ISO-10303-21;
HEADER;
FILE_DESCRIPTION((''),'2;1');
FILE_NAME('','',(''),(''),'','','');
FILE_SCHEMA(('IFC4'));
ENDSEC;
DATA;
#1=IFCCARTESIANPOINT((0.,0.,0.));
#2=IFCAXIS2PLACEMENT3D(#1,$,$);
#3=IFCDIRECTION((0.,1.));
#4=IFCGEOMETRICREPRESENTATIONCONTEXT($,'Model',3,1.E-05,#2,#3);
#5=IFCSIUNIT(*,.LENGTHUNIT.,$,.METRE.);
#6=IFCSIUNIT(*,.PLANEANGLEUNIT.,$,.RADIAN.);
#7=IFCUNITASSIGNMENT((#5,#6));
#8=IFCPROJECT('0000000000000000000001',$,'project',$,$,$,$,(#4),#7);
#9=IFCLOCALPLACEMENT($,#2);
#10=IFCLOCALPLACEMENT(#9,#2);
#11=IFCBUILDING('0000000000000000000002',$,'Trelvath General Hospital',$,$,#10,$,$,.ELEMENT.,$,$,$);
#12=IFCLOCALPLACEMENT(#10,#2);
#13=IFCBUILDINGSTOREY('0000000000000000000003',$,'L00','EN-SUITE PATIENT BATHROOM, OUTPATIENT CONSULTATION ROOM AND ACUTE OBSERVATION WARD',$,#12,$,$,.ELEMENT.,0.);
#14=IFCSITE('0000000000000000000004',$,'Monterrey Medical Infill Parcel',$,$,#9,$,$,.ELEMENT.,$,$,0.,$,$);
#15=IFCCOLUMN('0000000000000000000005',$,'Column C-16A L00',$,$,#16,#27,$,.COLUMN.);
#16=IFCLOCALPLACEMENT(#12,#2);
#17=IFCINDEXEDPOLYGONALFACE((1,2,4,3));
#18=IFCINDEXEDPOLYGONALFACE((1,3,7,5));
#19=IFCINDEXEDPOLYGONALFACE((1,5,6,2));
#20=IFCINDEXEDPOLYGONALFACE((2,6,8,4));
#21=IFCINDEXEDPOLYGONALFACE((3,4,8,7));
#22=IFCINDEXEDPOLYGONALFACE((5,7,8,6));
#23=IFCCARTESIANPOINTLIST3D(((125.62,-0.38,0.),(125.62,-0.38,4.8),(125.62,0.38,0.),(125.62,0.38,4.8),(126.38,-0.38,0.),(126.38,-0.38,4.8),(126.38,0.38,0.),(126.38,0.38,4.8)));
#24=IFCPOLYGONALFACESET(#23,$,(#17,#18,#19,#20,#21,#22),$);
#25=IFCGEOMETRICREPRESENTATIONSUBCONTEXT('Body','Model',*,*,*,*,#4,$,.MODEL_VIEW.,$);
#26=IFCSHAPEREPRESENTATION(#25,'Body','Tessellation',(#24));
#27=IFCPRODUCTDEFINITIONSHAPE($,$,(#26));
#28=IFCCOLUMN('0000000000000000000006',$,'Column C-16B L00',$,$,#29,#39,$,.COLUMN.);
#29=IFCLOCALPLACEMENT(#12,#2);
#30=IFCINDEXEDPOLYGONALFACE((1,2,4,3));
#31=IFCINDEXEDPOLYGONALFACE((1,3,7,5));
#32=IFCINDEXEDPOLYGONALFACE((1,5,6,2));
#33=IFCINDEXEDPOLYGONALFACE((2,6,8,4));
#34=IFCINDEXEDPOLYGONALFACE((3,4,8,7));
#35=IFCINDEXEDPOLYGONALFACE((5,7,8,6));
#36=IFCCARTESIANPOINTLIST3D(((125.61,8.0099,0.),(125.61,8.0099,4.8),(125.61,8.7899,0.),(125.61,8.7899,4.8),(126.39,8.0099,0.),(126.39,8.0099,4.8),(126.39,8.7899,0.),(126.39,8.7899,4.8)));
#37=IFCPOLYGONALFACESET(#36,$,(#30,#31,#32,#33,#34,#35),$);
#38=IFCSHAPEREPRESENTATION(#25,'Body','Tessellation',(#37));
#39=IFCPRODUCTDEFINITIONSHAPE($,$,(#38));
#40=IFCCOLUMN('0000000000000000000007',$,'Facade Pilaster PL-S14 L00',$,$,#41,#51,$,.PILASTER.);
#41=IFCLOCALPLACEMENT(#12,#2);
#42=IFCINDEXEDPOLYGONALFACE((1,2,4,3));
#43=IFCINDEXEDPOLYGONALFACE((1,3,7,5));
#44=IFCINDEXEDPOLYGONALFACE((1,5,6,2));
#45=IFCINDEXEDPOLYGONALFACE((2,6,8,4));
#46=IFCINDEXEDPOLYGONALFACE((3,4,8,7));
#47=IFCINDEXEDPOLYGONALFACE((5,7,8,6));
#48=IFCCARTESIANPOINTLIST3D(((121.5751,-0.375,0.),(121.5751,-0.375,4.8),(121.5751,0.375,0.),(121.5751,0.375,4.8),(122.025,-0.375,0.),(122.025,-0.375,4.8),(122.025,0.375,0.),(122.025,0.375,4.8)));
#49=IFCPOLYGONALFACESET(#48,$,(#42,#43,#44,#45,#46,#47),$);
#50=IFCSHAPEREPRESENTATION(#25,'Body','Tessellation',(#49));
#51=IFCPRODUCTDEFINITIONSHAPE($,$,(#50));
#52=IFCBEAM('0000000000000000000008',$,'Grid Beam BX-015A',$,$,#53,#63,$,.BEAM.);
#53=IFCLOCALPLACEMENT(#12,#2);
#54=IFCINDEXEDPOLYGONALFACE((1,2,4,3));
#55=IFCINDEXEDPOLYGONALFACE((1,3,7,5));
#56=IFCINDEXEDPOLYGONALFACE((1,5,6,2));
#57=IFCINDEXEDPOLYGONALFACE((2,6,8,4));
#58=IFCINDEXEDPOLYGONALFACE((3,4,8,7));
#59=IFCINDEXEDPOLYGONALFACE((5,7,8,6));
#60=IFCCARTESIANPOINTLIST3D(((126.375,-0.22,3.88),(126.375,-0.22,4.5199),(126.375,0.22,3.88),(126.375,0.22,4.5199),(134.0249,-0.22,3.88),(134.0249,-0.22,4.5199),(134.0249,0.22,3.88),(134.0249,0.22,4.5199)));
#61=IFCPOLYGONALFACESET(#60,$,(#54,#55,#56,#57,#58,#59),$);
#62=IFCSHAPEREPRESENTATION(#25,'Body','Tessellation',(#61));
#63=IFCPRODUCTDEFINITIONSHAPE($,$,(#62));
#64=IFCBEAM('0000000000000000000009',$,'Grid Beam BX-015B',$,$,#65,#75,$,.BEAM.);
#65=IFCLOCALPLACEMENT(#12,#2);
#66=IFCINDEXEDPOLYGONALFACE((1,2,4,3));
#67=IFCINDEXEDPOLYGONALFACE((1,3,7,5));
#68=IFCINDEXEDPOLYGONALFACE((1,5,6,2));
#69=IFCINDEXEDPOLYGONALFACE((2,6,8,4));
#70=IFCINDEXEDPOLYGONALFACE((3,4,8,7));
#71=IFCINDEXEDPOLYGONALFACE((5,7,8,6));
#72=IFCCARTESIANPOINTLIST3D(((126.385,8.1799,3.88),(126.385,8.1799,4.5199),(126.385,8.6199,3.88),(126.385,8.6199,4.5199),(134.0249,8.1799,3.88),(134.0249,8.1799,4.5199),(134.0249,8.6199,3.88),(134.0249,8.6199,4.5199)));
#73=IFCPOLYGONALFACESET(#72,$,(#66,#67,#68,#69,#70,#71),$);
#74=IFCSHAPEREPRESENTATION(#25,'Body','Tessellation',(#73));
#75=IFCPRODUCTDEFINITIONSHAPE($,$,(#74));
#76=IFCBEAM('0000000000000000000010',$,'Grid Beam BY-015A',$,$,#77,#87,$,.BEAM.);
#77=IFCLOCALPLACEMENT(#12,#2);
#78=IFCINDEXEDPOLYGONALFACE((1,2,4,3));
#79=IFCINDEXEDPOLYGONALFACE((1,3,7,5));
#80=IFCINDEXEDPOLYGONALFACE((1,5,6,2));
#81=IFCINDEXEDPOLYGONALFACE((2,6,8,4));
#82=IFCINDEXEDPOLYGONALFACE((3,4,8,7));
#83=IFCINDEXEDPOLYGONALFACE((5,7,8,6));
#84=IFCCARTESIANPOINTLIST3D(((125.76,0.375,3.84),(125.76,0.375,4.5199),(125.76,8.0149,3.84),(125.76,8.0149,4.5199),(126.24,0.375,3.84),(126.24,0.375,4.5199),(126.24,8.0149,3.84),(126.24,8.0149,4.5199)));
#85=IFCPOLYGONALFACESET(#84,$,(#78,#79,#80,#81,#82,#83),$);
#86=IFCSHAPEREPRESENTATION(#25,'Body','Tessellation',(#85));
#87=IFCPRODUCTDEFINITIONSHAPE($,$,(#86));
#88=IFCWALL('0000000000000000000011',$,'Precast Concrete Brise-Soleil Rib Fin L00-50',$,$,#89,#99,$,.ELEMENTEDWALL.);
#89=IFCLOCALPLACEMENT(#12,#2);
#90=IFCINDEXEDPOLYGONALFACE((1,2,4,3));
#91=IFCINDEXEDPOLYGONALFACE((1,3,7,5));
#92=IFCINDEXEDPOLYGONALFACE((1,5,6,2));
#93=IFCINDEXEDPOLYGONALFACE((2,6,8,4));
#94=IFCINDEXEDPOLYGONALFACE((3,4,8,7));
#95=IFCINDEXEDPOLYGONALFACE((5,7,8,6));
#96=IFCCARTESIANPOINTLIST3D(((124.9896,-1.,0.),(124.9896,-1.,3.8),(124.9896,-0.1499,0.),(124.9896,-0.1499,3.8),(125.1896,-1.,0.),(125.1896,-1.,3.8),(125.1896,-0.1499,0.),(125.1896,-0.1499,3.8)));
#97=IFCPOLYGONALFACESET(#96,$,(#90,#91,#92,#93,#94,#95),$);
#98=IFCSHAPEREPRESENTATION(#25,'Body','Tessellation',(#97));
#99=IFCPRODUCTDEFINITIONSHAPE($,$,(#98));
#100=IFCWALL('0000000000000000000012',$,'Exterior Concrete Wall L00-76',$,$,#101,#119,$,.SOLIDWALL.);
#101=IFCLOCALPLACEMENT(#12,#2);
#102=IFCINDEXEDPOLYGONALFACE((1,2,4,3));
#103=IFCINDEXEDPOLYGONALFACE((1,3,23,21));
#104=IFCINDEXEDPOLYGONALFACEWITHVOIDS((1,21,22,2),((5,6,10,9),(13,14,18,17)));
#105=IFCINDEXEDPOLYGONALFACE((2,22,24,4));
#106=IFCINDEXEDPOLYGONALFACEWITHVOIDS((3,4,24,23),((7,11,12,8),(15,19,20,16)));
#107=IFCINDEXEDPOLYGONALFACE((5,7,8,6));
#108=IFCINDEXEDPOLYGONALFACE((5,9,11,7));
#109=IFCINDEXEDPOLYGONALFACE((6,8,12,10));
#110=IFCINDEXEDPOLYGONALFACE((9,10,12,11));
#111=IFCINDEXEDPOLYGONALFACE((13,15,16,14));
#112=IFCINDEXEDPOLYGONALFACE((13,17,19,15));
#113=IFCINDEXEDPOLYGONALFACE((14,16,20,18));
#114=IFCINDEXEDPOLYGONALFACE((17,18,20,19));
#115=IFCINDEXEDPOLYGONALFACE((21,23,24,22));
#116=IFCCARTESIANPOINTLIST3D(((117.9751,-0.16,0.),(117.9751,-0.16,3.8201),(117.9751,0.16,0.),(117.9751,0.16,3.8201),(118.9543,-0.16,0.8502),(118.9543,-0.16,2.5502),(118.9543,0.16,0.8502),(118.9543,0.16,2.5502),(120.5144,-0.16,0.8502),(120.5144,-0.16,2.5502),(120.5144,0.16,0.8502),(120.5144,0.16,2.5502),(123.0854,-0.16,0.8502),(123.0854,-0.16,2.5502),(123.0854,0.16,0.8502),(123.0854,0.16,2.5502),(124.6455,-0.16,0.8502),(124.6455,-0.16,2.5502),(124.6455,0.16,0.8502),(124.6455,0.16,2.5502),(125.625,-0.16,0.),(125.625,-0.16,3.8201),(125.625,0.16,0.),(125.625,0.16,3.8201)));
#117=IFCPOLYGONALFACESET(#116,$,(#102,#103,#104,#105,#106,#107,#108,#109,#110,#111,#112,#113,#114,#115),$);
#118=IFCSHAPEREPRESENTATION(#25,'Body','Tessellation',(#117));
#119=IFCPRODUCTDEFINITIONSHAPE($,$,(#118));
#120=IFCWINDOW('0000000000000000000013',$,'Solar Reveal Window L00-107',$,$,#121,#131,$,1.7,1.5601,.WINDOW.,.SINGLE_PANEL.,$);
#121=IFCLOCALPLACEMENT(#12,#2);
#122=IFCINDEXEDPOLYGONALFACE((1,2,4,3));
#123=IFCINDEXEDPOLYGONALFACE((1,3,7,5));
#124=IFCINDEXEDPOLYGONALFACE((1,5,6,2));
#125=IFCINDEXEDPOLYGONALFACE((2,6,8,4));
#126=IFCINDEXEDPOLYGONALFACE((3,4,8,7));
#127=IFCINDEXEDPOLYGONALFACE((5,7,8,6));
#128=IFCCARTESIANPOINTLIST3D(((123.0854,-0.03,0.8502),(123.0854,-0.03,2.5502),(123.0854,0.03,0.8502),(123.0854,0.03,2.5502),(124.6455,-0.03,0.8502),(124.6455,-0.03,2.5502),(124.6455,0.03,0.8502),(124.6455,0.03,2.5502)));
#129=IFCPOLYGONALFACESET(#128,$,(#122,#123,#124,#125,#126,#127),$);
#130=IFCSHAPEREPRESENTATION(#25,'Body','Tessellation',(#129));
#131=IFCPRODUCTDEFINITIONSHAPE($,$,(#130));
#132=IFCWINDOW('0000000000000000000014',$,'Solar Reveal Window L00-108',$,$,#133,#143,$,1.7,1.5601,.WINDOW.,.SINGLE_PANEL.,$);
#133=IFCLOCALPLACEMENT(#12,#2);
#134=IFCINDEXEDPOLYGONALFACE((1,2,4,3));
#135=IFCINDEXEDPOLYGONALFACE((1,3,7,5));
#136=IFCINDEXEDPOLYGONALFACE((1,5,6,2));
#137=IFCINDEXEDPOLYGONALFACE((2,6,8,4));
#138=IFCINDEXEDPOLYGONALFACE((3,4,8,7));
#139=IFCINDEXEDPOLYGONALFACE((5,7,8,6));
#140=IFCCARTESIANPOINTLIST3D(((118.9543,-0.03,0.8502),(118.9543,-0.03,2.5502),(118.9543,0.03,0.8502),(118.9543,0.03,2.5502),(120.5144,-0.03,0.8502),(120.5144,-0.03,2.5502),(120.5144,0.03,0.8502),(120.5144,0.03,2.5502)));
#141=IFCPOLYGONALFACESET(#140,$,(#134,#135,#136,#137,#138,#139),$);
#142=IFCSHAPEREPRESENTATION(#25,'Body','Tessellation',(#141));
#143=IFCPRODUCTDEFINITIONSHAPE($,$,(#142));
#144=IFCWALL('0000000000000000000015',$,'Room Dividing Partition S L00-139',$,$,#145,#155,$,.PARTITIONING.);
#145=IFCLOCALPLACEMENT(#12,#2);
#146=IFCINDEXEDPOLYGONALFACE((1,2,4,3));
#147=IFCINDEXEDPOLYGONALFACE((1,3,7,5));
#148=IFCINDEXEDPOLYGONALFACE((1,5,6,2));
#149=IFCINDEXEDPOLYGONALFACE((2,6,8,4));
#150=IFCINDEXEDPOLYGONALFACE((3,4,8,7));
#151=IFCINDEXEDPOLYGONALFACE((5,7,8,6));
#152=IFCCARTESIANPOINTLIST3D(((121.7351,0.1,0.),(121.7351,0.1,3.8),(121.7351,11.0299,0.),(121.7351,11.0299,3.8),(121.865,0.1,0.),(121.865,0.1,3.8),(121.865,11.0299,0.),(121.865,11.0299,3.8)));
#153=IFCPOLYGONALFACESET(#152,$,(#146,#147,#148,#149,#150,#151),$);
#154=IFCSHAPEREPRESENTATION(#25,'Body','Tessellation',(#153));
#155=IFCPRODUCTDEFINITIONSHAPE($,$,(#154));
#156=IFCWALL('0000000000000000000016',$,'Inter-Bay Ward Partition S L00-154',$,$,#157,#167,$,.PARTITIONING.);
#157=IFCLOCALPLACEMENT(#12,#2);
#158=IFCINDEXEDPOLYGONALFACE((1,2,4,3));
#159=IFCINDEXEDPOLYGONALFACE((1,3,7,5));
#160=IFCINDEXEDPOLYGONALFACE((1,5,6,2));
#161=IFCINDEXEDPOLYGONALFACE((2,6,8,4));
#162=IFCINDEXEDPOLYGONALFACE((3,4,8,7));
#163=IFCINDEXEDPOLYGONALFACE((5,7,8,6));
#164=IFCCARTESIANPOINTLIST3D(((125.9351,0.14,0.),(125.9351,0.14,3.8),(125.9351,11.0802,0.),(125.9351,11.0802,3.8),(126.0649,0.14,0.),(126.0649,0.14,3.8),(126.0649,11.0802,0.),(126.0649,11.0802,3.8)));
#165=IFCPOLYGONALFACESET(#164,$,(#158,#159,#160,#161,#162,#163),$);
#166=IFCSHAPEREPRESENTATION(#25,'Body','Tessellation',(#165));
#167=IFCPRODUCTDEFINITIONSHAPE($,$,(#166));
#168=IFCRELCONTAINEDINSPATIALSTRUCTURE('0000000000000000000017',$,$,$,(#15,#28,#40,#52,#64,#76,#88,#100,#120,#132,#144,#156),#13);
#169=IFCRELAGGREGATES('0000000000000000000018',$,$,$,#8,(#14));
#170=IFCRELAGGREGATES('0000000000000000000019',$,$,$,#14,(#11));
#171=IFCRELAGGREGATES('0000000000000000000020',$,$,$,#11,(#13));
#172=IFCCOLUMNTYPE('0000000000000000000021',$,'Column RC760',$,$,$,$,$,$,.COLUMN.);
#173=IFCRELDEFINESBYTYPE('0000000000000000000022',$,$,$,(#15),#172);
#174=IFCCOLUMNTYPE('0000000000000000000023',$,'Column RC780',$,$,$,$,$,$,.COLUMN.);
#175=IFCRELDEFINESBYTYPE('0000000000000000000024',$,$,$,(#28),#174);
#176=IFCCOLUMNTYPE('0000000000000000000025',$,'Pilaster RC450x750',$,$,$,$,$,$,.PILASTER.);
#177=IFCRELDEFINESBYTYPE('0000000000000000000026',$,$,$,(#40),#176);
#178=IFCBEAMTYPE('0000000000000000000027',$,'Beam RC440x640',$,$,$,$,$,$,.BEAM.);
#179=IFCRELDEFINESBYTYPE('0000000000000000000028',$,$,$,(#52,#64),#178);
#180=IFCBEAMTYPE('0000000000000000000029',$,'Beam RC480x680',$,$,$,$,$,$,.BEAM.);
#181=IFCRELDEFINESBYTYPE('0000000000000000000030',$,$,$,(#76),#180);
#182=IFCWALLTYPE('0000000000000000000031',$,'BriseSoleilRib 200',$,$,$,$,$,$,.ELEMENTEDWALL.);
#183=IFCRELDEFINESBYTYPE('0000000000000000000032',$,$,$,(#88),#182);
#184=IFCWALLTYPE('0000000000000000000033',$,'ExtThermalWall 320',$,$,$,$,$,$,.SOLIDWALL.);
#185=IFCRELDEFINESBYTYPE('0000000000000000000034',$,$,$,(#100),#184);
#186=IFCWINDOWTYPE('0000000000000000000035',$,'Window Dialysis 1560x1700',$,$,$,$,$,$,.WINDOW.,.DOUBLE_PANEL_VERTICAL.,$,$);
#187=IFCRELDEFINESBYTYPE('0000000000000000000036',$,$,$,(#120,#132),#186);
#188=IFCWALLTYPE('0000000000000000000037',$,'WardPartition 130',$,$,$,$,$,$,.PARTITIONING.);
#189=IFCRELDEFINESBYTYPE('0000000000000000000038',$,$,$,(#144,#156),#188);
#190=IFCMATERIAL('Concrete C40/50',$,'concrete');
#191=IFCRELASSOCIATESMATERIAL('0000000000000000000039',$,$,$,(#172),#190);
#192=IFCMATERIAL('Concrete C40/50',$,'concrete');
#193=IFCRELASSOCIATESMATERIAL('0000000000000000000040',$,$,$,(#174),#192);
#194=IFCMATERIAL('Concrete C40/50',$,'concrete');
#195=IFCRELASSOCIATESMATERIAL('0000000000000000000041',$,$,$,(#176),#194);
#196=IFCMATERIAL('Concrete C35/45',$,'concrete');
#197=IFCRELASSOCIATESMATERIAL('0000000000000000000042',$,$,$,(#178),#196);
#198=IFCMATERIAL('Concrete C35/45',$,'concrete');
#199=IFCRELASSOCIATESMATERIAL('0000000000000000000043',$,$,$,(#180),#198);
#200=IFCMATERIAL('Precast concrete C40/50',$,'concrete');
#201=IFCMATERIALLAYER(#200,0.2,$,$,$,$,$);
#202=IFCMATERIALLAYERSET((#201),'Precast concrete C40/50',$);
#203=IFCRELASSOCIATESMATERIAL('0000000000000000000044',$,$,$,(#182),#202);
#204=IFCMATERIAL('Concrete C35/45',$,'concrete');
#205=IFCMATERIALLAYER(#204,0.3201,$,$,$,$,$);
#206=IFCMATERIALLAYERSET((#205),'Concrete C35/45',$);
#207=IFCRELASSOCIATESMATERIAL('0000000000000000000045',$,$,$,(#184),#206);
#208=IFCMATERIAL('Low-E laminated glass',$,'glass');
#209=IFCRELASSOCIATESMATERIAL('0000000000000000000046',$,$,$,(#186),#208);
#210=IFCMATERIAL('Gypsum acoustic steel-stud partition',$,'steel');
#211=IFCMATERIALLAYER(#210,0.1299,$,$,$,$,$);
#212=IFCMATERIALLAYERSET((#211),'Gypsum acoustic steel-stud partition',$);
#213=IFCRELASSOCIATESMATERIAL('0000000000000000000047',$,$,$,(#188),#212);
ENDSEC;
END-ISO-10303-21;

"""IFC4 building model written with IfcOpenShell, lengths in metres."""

from ifc_helpers import new_model, si_unit, direction, frame, frame_2d, origin, origin_2d, place, context, subcontext, project, spatial, rectangle, extrude, material, layer, layer_set, material_profile, profile_set, type_object, element, fill, save


model = new_model("IFC4")

# Units and contexts
model_context = context("Model", 3, precision=1e-05, world=origin(), true_north=direction((0.0, 1.0)))
body_context = subcontext(model_context, "Body", "Model", "MODEL_VIEW")
ifc_project = project(units=[si_unit("LENGTHUNIT", "METRE"), si_unit("PLANEANGLEUNIT", "RADIAN")], contexts=[model_context])

# Site, building, storey
site_placement = place(None, origin())
site = spatial("IfcSite", under=ifc_project, at=site_placement, Name="Monterrey Medical Infill Parcel", CompositionType="ELEMENT", RefElevation=0.0)
building_placement = place(site_placement, origin())
building = spatial("IfcBuilding", under=site, at=building_placement, Name="Trelvath General Hospital", CompositionType="ELEMENT")
storey_placement = place(building_placement, origin())
storey = spatial("IfcBuildingStorey", under=building, at=storey_placement, Name="L00", Description="EN-SUITE PATIENT BATHROOM, OUTPATIENT CONSULTATION ROOM AND ACUTE OBSERVATION WARD", CompositionType="ELEMENT", Elevation=0.0)

# Columns
ifc_material_1 = material(Name="Concrete C40/50", Category="concrete")
ifc_material_profile_1 = material_profile(ifc_material_1, rectangle(XDim=0.76, YDim=0.76, at=origin_2d()), Name="RC760x760")
ifc_profile_set_1 = profile_set([ifc_material_profile_1], Name="Concrete C40/50")
column_type_1 = type_object("IfcColumnType", Name="Column RC760", PredefinedType="COLUMN", material=ifc_profile_set_1)
column_1_placement = place(storey_placement, frame((126.0, 0.0, 0.0), z_axis=(0.0, 0.0, 1.0), x_axis=(1.0, 0.0, 0.0)))
element("IfcColumn", 1, at=column_1_placement, inside=storey, type_object=column_type_1, Name="Column C-16A L00", PredefinedType="COLUMN", context=body_context, shape_type="SweptSolid", body=[
    extrude(rectangle(XDim=0.76, YDim=0.76, at=origin_2d()), origin(), (0.0, 0.0, 1.0), 4.8),
])
ifc_material_2 = material(Name="Concrete C40/50", Category="concrete")
ifc_material_profile_2 = material_profile(ifc_material_2, rectangle(XDim=0.78, YDim=0.78, at=origin_2d()), Name="RC780x780")
ifc_profile_set_2 = profile_set([ifc_material_profile_2], Name="Concrete C40/50")
column_type_2 = type_object("IfcColumnType", Name="Column RC780", PredefinedType="COLUMN", material=ifc_profile_set_2)
column_2_placement = place(storey_placement, frame((126.0, 8.3999, 0.0), z_axis=(0.0, 0.0, 1.0), x_axis=(1.0, 0.0, 0.0)))
element("IfcColumn", 2, at=column_2_placement, inside=storey, type_object=column_type_2, Name="Column C-16B L00", PredefinedType="COLUMN", context=body_context, shape_type="SweptSolid", body=[
    extrude(rectangle(XDim=0.78, YDim=0.78, at=origin_2d()), origin(), (0.0, 0.0, 1.0), 4.8),
])
ifc_material_3 = material(Name="Concrete C40/50", Category="concrete")
ifc_material_profile_3 = material_profile(ifc_material_3, rectangle(XDim=0.45, YDim=0.75, at=origin_2d()), Name="RC450x750")
ifc_profile_set_3 = profile_set([ifc_material_profile_3], Name="Concrete C40/50")
column_type_3 = type_object("IfcColumnType", Name="Pilaster RC450x750", PredefinedType="PILASTER", material=ifc_profile_set_3)
column_3_placement = place(storey_placement, frame((121.8, 0.0, 0.0), z_axis=(0.0, 0.0, 1.0), x_axis=(1.0, 0.0, 0.0)))
element("IfcColumn", 3, at=column_3_placement, inside=storey, type_object=column_type_3, Name="Facade Pilaster PL-S14 L00", PredefinedType="PILASTER", context=body_context, shape_type="SweptSolid", body=[
    extrude(rectangle(XDim=0.45, YDim=0.75, at=origin_2d()), origin(), (0.0, 0.0, 1.0), 4.8),
])

# Beams
ifc_material_4 = material(Name="Concrete C35/45", Category="concrete")
ifc_material_profile_4 = material_profile(ifc_material_4, rectangle(XDim=0.4399, YDim=0.6399, at=origin_2d()), Name="RCB440x640")
ifc_profile_set_4 = profile_set([ifc_material_profile_4], Name="Concrete C35/45")
beam_type_1 = type_object("IfcBeamType", Name="Beam RC440x640", PredefinedType="BEAM", material=ifc_profile_set_4)
beam_1_placement = place(storey_placement, frame((126.375, 0.0, 4.2), z_axis=(1.0, 0.0, 0.0), x_axis=(0.0, 1.0, 0.0)))
element("IfcBeam", 4, at=beam_1_placement, inside=storey, type_object=beam_type_1, Name="Grid Beam BX-015A", PredefinedType="BEAM", context=body_context, shape_type="SweptSolid", body=[
    extrude(rectangle(XDim=0.4399, YDim=0.6399, at=origin_2d()), origin(), (0.0, 0.0, 1.0), 7.6499),
])
beam_2_placement = place(storey_placement, frame((126.385, 8.3999, 4.2), z_axis=(1.0, 0.0, 0.0), x_axis=(0.0, 1.0, 0.0)))
element("IfcBeam", 5, at=beam_2_placement, inside=storey, type_object=beam_type_1, Name="Grid Beam BX-015B", PredefinedType="BEAM", context=body_context, shape_type="SweptSolid", body=[
    extrude(rectangle(XDim=0.4399, YDim=0.6399, at=origin_2d()), origin(), (0.0, 0.0, 1.0), 7.6399),
])
ifc_material_5 = material(Name="Concrete C35/45", Category="concrete")
ifc_material_profile_5 = material_profile(ifc_material_5, rectangle(XDim=0.48, YDim=0.6799, at=origin_2d()), Name="RCB480x680")
ifc_profile_set_5 = profile_set([ifc_material_profile_5], Name="Concrete C35/45")
beam_type_2 = type_object("IfcBeamType", Name="Beam RC480x680", PredefinedType="BEAM", material=ifc_profile_set_5)
beam_3_placement = place(storey_placement, frame((126.0, 0.375, 4.1799), z_axis=(0.0, 1.0, 0.0), x_axis=(-1.0, 0.0, 0.0)))
element("IfcBeam", 6, at=beam_3_placement, inside=storey, type_object=beam_type_2, Name="Grid Beam BY-015A", PredefinedType="BEAM", context=body_context, shape_type="SweptSolid", body=[
    extrude(rectangle(XDim=0.48, YDim=0.6799, at=origin_2d()), origin(), (0.0, 0.0, 1.0), 7.6399),
])

# Wall
ifc_material_6 = material(Name="Precast concrete C40/50", Category="concrete")
ifc_layer_1 = layer(ifc_material_6, 0.2)
ifc_layer_set_1 = layer_set([ifc_layer_1], Name="Precast concrete C40/50")
wall_type_1 = type_object("IfcWallType", Name="BriseSoleilRib 200", PredefinedType="ELEMENTEDWALL", material=ifc_layer_set_1)
wall_1_placement = place(storey_placement, frame((125.0896, -0.1499, 0.0), z_axis=(0.0, 0.0, 1.0), x_axis=(0.0, -1.0, 0.0)))
element("IfcWall", 7, at=wall_1_placement, inside=storey, type_object=wall_type_1, Name="Precast Concrete Brise-Soleil Rib Fin L00-50", PredefinedType="ELEMENTEDWALL", context=body_context, shape_type="SweptSolid", body=[
    extrude(rectangle(XDim=0.8501, YDim=0.2, at=frame_2d((0.425, 0.0))), origin(), (0.0, 0.0, 1.0), 3.8),
])

# Wall, openings, windows
ifc_material_7 = material(Name="Concrete C35/45", Category="concrete")
ifc_layer_2 = layer(ifc_material_7, 0.3201)
ifc_layer_set_2 = layer_set([ifc_layer_2], Name="Concrete C35/45")
wall_type_2 = type_object("IfcWallType", Name="ExtThermalWall 320", PredefinedType="SOLIDWALL", material=ifc_layer_set_2)
wall_2_placement = place(storey_placement, frame((125.625, 0.0, 0.0), z_axis=(0.0, 0.0, 1.0), x_axis=(-1.0, 0.0, 0.0)))
wall_2 = element("IfcWall", 8, at=wall_2_placement, inside=storey, type_object=wall_type_2, Name="Exterior Concrete Wall L00-76", PredefinedType="SOLIDWALL", context=body_context, shape_type="SweptSolid", body=[
    extrude(rectangle(XDim=7.6499, YDim=0.3201, at=frame_2d((3.825, 0.0))), origin(), (0.0, 0.0, 1.0), 3.8201),
])
opening_1_placement = place(wall_2_placement, frame((0.9795, 0.0, 0.8501)))
opening_1 = element("IfcOpeningElement", 9, at=opening_1_placement, cuts=wall_2, PredefinedType="OPENING", context=body_context, shape_type="SweptSolid", body=[
    extrude(rectangle(XDim=1.5601, YDim=1.7, at=frame_2d((0.78, 0.8501))), frame((0.0, 0.1699, 0.0), z_axis=(0.0, -1.0, 0.0), x_axis=(1.0, 0.0, 0.0)), (0.0, 0.0, 1.0), 0.3401),
])
opening_2_placement = place(wall_2_placement, frame((5.1106, 0.0, 0.8501)))
opening_2 = element("IfcOpeningElement", 10, at=opening_2_placement, cuts=wall_2, PredefinedType="OPENING", context=body_context, shape_type="SweptSolid", body=[
    extrude(rectangle(XDim=1.5601, YDim=1.7, at=frame_2d((0.78, 0.8501))), frame((0.0, 0.1699, 0.0), z_axis=(0.0, -1.0, 0.0), x_axis=(1.0, 0.0, 0.0)), (0.0, 0.0, 1.0), 0.3401),
])
ifc_material_8 = material(Name="Low-E laminated glass", Category="glass")
window_type = type_object("IfcWindowType", Name="Window Dialysis 1560x1700", PartitioningType="DOUBLE_PANEL_VERTICAL", PredefinedType="WINDOW", material=ifc_material_8)
window_1_placement = place(opening_1_placement, origin())
window_1 = element("IfcWindow", 11, at=window_1_placement, inside=storey, type_object=window_type, Name="Solar Reveal Window L00-107", OverallHeight=1.7, OverallWidth=1.5601, PartitioningType="SINGLE_PANEL", PredefinedType="WINDOW", context=body_context, shape_type="SweptSolid", body=[
    extrude(rectangle(XDim=1.5601, YDim=1.7, at=frame_2d((0.78, 0.8501))), frame((0.0, 0.03, 0.0), z_axis=(0.0, -1.0, 0.0), x_axis=(1.0, 0.0, 0.0)), (0.0, 0.0, 1.0), 0.0601),
])
fill(opening_1, window_1)
window_2_placement = place(opening_2_placement, origin())
window_2 = element("IfcWindow", 12, at=window_2_placement, inside=storey, type_object=window_type, Name="Solar Reveal Window L00-108", OverallHeight=1.7, OverallWidth=1.5601, PartitioningType="SINGLE_PANEL", PredefinedType="WINDOW", context=body_context, shape_type="SweptSolid", body=[
    extrude(rectangle(XDim=1.5601, YDim=1.7, at=frame_2d((0.78, 0.8501))), frame((0.0, 0.03, 0.0), z_axis=(0.0, -1.0, 0.0), x_axis=(1.0, 0.0, 0.0)), (0.0, 0.0, 1.0), 0.0601),
])
fill(opening_2, window_2)

# Walls
ifc_material_9 = material(Name="Gypsum acoustic steel-stud partition", Category="steel")
ifc_layer_3 = layer(ifc_material_9, 0.1299)
ifc_layer_set_3 = layer_set([ifc_layer_3], Name="Gypsum acoustic steel-stud partition")
wall_type_3 = type_object("IfcWallType", Name="WardPartition 130", PredefinedType="PARTITIONING", material=ifc_layer_set_3)
wall_3_placement = place(storey_placement, frame((121.8, 0.1001, 0.0), z_axis=(0.0, 0.0, 1.0), x_axis=(0.0, 1.0, 0.0)))
element("IfcWall", 13, at=wall_3_placement, inside=storey, type_object=wall_type_3, Name="Room Dividing Partition S L00-139", PredefinedType="PARTITIONING", context=body_context, shape_type="SweptSolid", body=[
    extrude(rectangle(XDim=10.9299, YDim=0.1299, at=frame_2d((5.4648, 0.0))), origin(), (0.0, 0.0, 1.0), 3.8),
])
wall_4_placement = place(storey_placement, frame((126.0, 0.1399, 0.0), z_axis=(0.0, 0.0, 1.0), x_axis=(0.0, 1.0, 0.0)))
element("IfcWall", 14, at=wall_4_placement, inside=storey, type_object=wall_type_3, Name="Inter-Bay Ward Partition S L00-154", PredefinedType="PARTITIONING", context=body_context, shape_type="SweptSolid", body=[
    extrude(rectangle(XDim=10.9402, YDim=0.1299, at=frame_2d((5.4702, 0.0))), origin(), (0.0, 0.0, 1.0), 3.8),
])

save(model, "model.ifc")
